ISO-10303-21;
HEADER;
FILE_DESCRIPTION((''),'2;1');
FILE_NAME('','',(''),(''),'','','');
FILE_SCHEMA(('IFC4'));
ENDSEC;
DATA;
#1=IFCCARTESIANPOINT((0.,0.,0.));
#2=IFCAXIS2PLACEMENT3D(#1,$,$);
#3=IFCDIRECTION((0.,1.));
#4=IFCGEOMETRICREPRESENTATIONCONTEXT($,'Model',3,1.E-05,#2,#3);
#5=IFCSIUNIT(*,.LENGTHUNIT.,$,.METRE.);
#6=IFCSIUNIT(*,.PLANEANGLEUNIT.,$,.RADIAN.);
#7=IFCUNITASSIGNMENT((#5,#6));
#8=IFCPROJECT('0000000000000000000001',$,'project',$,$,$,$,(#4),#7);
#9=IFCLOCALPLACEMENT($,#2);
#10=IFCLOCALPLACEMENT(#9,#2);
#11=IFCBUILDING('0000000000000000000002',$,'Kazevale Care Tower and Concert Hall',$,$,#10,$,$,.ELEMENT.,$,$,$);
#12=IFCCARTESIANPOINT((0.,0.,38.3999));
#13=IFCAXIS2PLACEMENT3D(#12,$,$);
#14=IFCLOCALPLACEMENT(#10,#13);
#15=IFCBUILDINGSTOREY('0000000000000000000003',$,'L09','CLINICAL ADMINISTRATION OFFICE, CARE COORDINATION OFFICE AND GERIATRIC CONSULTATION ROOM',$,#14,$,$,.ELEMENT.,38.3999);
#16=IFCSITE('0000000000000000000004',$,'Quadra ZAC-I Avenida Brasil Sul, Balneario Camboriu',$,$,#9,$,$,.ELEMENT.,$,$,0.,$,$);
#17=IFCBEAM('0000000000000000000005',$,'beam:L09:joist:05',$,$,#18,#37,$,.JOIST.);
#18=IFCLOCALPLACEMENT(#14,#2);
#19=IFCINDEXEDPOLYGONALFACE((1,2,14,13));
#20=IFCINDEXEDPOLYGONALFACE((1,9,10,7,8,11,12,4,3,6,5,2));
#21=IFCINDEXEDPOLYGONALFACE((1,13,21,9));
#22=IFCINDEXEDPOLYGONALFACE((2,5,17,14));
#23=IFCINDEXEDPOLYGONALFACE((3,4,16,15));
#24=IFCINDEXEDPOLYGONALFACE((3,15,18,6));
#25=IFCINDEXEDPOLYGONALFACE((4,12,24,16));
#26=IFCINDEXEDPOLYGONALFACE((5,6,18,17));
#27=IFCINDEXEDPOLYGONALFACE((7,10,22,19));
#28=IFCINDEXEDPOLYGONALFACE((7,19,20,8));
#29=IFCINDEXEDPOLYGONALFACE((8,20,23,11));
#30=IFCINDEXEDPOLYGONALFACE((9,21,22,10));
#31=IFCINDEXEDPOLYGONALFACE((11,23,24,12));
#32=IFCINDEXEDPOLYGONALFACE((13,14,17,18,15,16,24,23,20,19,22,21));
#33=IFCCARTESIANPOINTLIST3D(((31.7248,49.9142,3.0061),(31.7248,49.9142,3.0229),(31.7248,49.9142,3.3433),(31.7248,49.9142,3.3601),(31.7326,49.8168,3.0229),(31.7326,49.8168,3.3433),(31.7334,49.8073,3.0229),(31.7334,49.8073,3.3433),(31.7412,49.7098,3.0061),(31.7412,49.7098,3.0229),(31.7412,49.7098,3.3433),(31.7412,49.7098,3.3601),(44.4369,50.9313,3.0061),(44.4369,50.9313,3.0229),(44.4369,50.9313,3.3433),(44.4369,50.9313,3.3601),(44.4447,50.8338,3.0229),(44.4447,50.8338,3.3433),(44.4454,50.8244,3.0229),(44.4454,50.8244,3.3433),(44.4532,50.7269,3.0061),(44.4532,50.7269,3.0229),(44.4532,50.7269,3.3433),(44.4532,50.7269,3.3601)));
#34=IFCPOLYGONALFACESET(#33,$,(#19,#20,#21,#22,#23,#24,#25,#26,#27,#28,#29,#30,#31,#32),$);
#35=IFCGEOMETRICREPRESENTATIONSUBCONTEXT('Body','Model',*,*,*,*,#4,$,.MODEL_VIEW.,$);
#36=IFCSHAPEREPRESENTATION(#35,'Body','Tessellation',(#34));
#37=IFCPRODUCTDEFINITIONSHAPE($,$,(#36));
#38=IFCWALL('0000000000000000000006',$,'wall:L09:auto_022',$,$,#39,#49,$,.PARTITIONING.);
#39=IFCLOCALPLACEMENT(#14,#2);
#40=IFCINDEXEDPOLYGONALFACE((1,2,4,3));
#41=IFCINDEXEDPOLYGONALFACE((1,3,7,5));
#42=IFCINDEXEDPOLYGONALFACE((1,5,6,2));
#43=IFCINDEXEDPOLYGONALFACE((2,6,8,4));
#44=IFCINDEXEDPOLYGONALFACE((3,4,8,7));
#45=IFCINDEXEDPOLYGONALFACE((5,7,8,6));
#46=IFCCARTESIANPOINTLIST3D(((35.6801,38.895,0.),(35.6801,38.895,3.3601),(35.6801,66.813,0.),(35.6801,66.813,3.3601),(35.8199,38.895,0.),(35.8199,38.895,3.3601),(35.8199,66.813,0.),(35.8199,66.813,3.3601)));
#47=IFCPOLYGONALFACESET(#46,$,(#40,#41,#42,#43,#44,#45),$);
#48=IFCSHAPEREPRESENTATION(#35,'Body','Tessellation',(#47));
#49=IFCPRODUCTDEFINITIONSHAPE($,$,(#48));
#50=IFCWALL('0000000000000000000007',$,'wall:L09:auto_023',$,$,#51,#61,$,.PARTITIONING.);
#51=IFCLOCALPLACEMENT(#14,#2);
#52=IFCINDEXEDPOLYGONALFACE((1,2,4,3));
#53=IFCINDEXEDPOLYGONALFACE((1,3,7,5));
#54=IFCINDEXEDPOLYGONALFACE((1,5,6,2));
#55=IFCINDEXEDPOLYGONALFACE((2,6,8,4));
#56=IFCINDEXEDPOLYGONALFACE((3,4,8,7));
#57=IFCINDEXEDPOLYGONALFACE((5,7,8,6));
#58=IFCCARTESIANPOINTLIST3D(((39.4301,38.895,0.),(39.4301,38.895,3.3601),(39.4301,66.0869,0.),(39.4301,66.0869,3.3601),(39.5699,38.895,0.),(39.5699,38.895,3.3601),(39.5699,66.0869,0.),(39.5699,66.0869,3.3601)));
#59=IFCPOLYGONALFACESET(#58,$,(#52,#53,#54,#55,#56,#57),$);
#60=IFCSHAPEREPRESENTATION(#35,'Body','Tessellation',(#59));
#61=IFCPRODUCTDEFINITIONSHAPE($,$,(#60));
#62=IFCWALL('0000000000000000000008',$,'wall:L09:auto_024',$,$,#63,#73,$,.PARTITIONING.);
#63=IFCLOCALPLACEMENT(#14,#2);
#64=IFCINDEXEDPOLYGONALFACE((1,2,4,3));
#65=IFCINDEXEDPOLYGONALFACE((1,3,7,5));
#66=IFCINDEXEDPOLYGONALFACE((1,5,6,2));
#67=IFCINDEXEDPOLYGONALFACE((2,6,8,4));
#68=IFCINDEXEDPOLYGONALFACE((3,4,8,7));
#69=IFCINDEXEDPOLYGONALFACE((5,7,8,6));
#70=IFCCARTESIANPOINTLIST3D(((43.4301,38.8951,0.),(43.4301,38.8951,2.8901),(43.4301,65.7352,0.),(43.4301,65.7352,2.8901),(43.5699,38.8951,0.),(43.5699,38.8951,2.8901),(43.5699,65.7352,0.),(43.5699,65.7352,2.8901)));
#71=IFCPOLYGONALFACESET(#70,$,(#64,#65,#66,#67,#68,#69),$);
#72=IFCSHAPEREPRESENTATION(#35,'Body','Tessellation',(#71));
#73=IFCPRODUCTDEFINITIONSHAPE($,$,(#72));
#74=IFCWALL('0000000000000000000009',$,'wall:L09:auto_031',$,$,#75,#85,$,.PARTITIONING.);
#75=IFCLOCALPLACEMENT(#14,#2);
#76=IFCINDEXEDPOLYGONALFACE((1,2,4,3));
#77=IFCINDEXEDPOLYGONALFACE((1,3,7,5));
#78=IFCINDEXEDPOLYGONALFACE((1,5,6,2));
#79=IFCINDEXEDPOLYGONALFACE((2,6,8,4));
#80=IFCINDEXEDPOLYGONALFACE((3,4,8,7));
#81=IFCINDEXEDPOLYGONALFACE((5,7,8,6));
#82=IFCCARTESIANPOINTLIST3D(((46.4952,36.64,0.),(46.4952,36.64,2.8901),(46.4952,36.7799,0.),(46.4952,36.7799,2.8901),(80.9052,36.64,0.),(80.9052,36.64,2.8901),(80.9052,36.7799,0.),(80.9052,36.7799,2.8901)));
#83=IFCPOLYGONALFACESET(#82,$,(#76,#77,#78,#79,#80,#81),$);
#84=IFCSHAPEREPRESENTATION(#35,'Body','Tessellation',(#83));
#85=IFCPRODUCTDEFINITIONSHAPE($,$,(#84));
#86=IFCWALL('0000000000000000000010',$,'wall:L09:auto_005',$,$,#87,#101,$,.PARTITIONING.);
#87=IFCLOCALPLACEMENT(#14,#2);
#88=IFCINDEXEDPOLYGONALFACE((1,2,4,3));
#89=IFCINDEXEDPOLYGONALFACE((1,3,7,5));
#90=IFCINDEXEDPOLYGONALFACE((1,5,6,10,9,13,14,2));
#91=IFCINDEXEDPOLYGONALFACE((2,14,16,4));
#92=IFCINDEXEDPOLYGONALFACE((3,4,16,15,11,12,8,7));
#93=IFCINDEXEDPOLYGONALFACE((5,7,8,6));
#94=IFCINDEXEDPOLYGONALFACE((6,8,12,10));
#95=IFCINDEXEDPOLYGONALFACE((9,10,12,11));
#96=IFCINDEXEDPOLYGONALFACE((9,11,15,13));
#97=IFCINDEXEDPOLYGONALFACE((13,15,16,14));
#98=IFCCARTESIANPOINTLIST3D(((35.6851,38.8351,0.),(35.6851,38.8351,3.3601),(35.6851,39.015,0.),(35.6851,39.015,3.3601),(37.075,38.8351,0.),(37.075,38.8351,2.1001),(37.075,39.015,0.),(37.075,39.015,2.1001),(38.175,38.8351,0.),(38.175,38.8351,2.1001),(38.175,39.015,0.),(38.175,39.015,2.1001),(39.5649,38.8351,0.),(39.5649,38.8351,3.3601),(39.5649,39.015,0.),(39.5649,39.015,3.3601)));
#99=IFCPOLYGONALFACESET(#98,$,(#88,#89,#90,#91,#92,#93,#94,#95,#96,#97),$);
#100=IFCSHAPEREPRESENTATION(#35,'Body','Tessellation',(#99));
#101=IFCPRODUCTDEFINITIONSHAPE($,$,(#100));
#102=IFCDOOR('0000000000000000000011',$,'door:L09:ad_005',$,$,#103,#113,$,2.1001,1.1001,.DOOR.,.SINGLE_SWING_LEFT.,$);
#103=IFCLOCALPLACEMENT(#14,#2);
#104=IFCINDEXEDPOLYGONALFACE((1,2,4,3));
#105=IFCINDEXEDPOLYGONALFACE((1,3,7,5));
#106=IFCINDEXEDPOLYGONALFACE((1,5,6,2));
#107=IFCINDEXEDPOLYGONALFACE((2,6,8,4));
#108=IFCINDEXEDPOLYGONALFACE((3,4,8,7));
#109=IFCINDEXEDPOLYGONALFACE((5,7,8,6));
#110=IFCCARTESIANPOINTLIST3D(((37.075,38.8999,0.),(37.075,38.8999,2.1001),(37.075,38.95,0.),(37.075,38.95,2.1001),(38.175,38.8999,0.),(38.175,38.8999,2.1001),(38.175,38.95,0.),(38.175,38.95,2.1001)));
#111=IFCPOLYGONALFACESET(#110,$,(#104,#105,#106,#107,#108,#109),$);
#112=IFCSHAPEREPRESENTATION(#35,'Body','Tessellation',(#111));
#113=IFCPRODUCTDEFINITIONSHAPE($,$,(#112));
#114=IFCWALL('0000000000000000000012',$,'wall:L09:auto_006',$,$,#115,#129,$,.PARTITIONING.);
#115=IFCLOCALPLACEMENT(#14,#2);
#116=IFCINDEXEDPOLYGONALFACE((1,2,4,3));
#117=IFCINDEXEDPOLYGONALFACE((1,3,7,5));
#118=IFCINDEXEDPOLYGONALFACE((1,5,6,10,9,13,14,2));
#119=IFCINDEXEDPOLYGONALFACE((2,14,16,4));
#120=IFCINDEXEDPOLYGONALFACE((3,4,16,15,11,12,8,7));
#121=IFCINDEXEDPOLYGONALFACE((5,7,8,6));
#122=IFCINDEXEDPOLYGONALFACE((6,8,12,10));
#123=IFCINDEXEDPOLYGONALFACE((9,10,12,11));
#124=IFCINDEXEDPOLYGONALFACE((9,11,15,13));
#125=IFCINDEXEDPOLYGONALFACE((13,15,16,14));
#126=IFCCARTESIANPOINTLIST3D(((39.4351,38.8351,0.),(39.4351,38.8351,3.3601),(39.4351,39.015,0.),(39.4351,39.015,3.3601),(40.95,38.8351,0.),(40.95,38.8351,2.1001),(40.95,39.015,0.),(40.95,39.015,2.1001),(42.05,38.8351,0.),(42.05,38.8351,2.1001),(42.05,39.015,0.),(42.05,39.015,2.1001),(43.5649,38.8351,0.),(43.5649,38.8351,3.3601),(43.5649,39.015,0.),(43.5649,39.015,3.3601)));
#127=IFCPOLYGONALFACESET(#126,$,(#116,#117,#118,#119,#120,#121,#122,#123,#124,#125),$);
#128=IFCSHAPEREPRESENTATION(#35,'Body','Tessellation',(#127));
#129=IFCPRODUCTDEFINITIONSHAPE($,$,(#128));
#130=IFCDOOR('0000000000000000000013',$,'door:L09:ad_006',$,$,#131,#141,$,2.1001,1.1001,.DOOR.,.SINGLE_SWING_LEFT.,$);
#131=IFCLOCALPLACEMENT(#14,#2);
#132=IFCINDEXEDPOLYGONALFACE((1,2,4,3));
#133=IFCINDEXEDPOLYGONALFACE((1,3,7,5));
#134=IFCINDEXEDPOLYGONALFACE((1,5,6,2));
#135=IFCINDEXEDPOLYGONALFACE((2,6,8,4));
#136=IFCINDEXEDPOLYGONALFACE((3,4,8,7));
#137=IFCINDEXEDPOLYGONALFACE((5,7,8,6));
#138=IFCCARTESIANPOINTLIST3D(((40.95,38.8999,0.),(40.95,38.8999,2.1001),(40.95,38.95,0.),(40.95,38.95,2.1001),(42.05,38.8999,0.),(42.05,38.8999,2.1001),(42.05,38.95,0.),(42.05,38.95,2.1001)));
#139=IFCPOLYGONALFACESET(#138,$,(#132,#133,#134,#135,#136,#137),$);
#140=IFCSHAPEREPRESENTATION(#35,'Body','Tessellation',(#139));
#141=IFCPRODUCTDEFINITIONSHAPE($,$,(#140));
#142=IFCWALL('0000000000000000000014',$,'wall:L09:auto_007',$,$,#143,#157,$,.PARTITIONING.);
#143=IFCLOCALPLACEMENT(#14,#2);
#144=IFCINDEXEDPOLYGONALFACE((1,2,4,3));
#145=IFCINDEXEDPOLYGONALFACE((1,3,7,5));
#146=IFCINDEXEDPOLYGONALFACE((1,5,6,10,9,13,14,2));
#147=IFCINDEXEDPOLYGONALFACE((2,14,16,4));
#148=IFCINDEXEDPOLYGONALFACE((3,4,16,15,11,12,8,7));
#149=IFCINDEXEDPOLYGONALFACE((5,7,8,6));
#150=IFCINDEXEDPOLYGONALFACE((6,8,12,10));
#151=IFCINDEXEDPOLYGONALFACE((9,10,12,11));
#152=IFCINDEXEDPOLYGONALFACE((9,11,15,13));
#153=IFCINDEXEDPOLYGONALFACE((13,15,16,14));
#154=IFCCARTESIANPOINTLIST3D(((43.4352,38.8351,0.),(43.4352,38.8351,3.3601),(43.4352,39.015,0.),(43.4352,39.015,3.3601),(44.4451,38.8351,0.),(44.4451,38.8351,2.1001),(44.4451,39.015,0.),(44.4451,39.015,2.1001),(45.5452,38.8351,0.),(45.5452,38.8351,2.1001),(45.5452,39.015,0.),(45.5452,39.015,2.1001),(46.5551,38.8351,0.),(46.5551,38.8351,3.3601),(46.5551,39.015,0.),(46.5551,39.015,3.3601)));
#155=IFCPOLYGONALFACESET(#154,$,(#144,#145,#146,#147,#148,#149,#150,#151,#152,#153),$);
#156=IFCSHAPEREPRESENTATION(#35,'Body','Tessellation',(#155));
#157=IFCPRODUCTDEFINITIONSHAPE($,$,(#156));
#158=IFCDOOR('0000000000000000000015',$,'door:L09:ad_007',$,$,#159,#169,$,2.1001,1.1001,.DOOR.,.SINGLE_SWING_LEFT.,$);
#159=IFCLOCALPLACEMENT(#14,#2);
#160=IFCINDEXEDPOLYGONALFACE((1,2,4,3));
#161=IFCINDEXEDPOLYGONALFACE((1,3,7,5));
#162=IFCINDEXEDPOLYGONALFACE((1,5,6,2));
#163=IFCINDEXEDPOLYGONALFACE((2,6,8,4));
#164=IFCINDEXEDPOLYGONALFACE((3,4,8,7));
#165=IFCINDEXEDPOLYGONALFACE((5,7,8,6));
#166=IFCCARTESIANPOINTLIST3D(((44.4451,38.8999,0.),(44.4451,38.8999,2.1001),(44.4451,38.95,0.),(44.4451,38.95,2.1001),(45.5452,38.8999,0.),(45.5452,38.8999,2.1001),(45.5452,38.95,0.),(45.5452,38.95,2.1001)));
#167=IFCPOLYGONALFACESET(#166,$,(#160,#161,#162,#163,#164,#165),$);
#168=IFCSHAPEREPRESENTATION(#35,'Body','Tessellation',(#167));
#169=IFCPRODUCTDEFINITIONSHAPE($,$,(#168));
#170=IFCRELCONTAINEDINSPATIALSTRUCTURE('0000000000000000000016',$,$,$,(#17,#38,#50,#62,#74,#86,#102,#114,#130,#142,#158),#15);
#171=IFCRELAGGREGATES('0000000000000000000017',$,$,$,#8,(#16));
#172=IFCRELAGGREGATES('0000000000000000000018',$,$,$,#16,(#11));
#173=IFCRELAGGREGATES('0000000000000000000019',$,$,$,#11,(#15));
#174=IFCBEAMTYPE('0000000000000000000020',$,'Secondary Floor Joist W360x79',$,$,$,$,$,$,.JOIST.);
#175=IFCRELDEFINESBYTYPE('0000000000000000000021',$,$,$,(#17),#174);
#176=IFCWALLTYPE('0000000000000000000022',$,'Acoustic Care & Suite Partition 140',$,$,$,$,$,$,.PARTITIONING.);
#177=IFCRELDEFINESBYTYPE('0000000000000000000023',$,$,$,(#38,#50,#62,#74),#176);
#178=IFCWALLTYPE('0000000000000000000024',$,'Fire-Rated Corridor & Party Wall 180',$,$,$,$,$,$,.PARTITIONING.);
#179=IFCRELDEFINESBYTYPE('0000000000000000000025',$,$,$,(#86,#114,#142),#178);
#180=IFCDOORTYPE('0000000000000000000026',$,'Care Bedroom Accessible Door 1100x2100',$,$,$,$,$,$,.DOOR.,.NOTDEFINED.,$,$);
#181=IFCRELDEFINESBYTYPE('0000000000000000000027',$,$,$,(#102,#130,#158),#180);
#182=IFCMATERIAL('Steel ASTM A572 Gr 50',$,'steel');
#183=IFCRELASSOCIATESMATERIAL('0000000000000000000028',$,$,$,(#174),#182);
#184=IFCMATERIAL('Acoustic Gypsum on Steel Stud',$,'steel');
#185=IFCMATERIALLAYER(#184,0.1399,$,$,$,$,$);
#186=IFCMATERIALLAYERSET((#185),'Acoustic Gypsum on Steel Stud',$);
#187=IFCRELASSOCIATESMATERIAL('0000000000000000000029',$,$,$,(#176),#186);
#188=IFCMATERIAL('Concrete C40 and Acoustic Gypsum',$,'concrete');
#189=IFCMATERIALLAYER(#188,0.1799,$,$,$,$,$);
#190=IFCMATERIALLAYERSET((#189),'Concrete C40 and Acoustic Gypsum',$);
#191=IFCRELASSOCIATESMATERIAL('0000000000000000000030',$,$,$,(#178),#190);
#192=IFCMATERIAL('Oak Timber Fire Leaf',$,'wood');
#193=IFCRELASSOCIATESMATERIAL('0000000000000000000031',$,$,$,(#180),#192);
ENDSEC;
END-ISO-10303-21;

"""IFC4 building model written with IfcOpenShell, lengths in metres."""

from ifc_helpers import new_model, si_unit, direction, frame, frame_2d, origin, origin_2d, place, context, subcontext, project, spatial, rectangle, i_section, extrude, material, layer, layer_set, material_profile, profile_set, type_object, element, fill, save


model = new_model("IFC4")

# Units and contexts
model_context = context("Model", 3, precision=1e-05, world=origin(), true_north=direction((0.0, 1.0)))
body_context = subcontext(model_context, "Body", "Model", "MODEL_VIEW")
ifc_project = project(units=[si_unit("LENGTHUNIT", "METRE"), si_unit("PLANEANGLEUNIT", "RADIAN")], contexts=[model_context])

# Site, building, storey
site_placement = place(None, origin())
site = spatial("IfcSite", under=ifc_project, at=site_placement, Name="Quadra ZAC-I Avenida Brasil Sul, Balneario Camboriu", CompositionType="ELEMENT", RefElevation=0.0)
building_placement = place(site_placement, origin())
building = spatial("IfcBuilding", under=site, at=building_placement, Name="Kazevale Care Tower and Concert Hall", CompositionType="ELEMENT")
storey_placement = place(building_placement, frame((0.0, 0.0, 38.3999)))
storey = spatial("IfcBuildingStorey", under=building, at=storey_placement, Name="L09", Description="CLINICAL ADMINISTRATION OFFICE, CARE COORDINATION OFFICE AND GERIATRIC CONSULTATION ROOM", CompositionType="ELEMENT", Elevation=38.3999)

# Beam
ifc_material_1 = material(Name="Steel ASTM A572 Gr 50", Category="steel")
ifc_material_profile_1 = material_profile(ifc_material_1, i_section(OverallWidth=0.2051, OverallDepth=0.354, WebThickness=0.0095, FlangeThickness=0.0168, at=origin_2d()), Name="W360x79")
ifc_profile_set_1 = profile_set([ifc_material_profile_1], Name="Steel ASTM A572 Gr 50")
beam_type_1 = type_object("IfcBeamType", Name="Secondary Floor Joist W360x79", PredefinedType="JOIST", material=ifc_profile_set_1)
beam_1_placement = place(storey_placement, frame((44.4451, 50.8291, 3.1831), z_axis=(-0.996815, -0.079754, 0.0), x_axis=(0.079754, -0.996815, 0.0)))
element("IfcBeam", 1, at=beam_1_placement, inside=storey, type_object=beam_type_1, Name="beam:L09:joist:05", PredefinedType="JOIST", context=body_context, shape_type="SweptSolid", body=[
    extrude(i_section(OverallWidth=0.2051, OverallDepth=0.354, WebThickness=0.0095, FlangeThickness=0.0168, at=origin_2d()), origin(), (0.0, 0.0, 1.0), 12.7527),
])

# Walls
ifc_material_2 = material(Name="Acoustic Gypsum on Steel Stud", Category="steel")
ifc_layer_1 = layer(ifc_material_2, 0.1399)
ifc_layer_set_1 = layer_set([ifc_layer_1], Name="Acoustic Gypsum on Steel Stud")
wall_type_1 = type_object("IfcWallType", Name="Acoustic Care & Suite Partition 140", PredefinedType="PARTITIONING", material=ifc_layer_set_1)
wall_1_placement = place(storey_placement, frame((35.75, 66.813, 0.0), z_axis=(0.0, 0.0, 1.0), x_axis=(0.0, -1.0, 0.0)))
element("IfcWall", 2, at=wall_1_placement, inside=storey, type_object=wall_type_1, Name="wall:L09:auto_022", PredefinedType="PARTITIONING", context=body_context, shape_type="SweptSolid", body=[
    extrude(rectangle(XDim=27.918, YDim=0.1399, at=frame_2d((13.959, 0.0))), origin(), (0.0, 0.0, 1.0), 3.3601),
])
wall_2_placement = place(storey_placement, frame((39.5, 66.0869, 0.0), z_axis=(0.0, 0.0, 1.0), x_axis=(0.0, -1.0, 0.0)))
element("IfcWall", 3, at=wall_2_placement, inside=storey, type_object=wall_type_1, Name="wall:L09:auto_023", PredefinedType="PARTITIONING", context=body_context, shape_type="SweptSolid", body=[
    extrude(rectangle(XDim=27.1919, YDim=0.1399, at=frame_2d((13.5959, 0.0))), origin(), (0.0, 0.0, 1.0), 3.3601),
])
wall_3_placement = place(storey_placement, frame((43.5, 65.7351, 0.0), z_axis=(0.0, 0.0, 1.0), x_axis=(0.0, -1.0, 0.0)))
element("IfcWall", 4, at=wall_3_placement, inside=storey, type_object=wall_type_1, Name="wall:L09:auto_024", PredefinedType="PARTITIONING", context=body_context, shape_type="SweptSolid", body=[
    extrude(rectangle(XDim=26.8401, YDim=0.1399, at=frame_2d((13.4199, 0.0))), origin(), (0.0, 0.0, 1.0), 2.8901),
])
wall_4_placement = place(storey_placement, frame((46.4951, 36.71, 0.0), z_axis=(0.0, 0.0, 1.0), x_axis=(1.0, 0.0, 0.0)))
element("IfcWall", 5, at=wall_4_placement, inside=storey, type_object=wall_type_1, Name="wall:L09:auto_031", PredefinedType="PARTITIONING", context=body_context, shape_type="SweptSolid", body=[
    extrude(rectangle(XDim=34.4099, YDim=0.1399, at=frame_2d((17.2051, 0.0))), origin(), (0.0, 0.0, 1.0), 2.8901),
])

# Walls, openings, doors
ifc_material_3 = material(Name="Concrete C40 and Acoustic Gypsum", Category="concrete")
ifc_layer_2 = layer(ifc_material_3, 0.1799)
ifc_layer_set_2 = layer_set([ifc_layer_2], Name="Concrete C40 and Acoustic Gypsum")
wall_type_2 = type_object("IfcWallType", Name="Fire-Rated Corridor & Party Wall 180", PredefinedType="PARTITIONING", material=ifc_layer_set_2)
wall_5_placement = place(storey_placement, frame((35.6851, 38.925, 0.0), z_axis=(0.0, 0.0, 1.0), x_axis=(1.0, 0.0, 0.0)))
wall_5 = element("IfcWall", 6, at=wall_5_placement, inside=storey, type_object=wall_type_2, Name="wall:L09:auto_005", PredefinedType="PARTITIONING", context=body_context, shape_type="SweptSolid", body=[
    extrude(rectangle(XDim=3.8799, YDim=0.1799, at=frame_2d((1.9399, 0.0))), origin(), (0.0, 0.0, 1.0), 3.3601),
])
opening_1_placement = place(wall_5_placement, frame((1.3899, 0.0, 0.0)))
opening_1 = element("IfcOpeningElement", 7, at=opening_1_placement, cuts=wall_5, PredefinedType="OPENING", context=body_context, shape_type="SweptSolid", body=[
    extrude(rectangle(XDim=1.1001, YDim=2.1001, at=frame_2d((0.55, 1.05))), frame((0.0, 0.0999, 0.0), z_axis=(0.0, -1.0, 0.0), x_axis=(1.0, 0.0, 0.0)), (0.0, 0.0, 1.0), 0.2),
])
ifc_material_4 = material(Name="Oak Timber Fire Leaf", Category="wood")
door_type = type_object("IfcDoorType", Name="Care Bedroom Accessible Door 1100x2100", OperationType="NOTDEFINED", PredefinedType="DOOR", material=ifc_material_4)
door_1_placement = place(opening_1_placement, origin())
door_1 = element("IfcDoor", 8, at=door_1_placement, inside=storey, type_object=door_type, Name="door:L09:ad_005", OperationType="SINGLE_SWING_LEFT", OverallHeight=2.1001, OverallWidth=1.1001, PredefinedType="DOOR", context=body_context, shape_type="SweptSolid", body=[
    extrude(rectangle(XDim=1.1001, YDim=2.1001, at=frame_2d((0.55, 1.05))), frame((0.0, 0.0249, 0.0), z_axis=(0.0, -1.0, 0.0), x_axis=(1.0, 0.0, 0.0)), (0.0, 0.0, 1.0), 0.05),
])
fill(opening_1, door_1)
wall_6_placement = place(storey_placement, frame((39.4351, 38.925, 0.0), z_axis=(0.0, 0.0, 1.0), x_axis=(1.0, 0.0, 0.0)))
wall_6 = element("IfcWall", 9, at=wall_6_placement, inside=storey, type_object=wall_type_2, Name="wall:L09:auto_006", PredefinedType="PARTITIONING", context=body_context, shape_type="SweptSolid", body=[
    extrude(rectangle(XDim=4.1299, YDim=0.1799, at=frame_2d((2.0649, 0.0))), origin(), (0.0, 0.0, 1.0), 3.3601),
])
opening_2_placement = place(wall_6_placement, frame((1.5149, 0.0, 0.0)))
opening_2 = element("IfcOpeningElement", 10, at=opening_2_placement, cuts=wall_6, PredefinedType="OPENING", context=body_context, shape_type="SweptSolid", body=[
    extrude(rectangle(XDim=1.1001, YDim=2.1001, at=frame_2d((0.55, 1.05))), frame((0.0, 0.0999, 0.0), z_axis=(0.0, -1.0, 0.0), x_axis=(1.0, 0.0, 0.0)), (0.0, 0.0, 1.0), 0.2),
])
door_2_placement = place(opening_2_placement, origin())
door_2 = element("IfcDoor", 11, at=door_2_placement, inside=storey, type_object=door_type, Name="door:L09:ad_006", OperationType="SINGLE_SWING_LEFT", OverallHeight=2.1001, OverallWidth=1.1001, PredefinedType="DOOR", context=body_context, shape_type="SweptSolid", body=[
    extrude(rectangle(XDim=1.1001, YDim=2.1001, at=frame_2d((0.55, 1.05))), frame((0.0, 0.0249, 0.0), z_axis=(0.0, -1.0, 0.0), x_axis=(1.0, 0.0, 0.0)), (0.0, 0.0, 1.0), 0.05),
])
fill(opening_2, door_2)
wall_7_placement = place(storey_placement, frame((43.4351, 38.925, 0.0), z_axis=(0.0, 0.0, 1.0), x_axis=(1.0, 0.0, 0.0)))
wall_7 = element("IfcWall", 12, at=wall_7_placement, inside=storey, type_object=wall_type_2, Name="wall:L09:auto_007", PredefinedType="PARTITIONING", context=body_context, shape_type="SweptSolid", body=[
    extrude(rectangle(XDim=3.1199, YDim=0.1799, at=frame_2d((1.5601, 0.0))), origin(), (0.0, 0.0, 1.0), 3.3601),
])
opening_3_placement = place(wall_7_placement, frame((1.01, 0.0, 0.0)))
opening_3 = element("IfcOpeningElement", 13, at=opening_3_placement, cuts=wall_7, PredefinedType="OPENING", context=body_context, shape_type="SweptSolid", body=[
    extrude(rectangle(XDim=1.1001, YDim=2.1001, at=frame_2d((0.55, 1.05))), frame((0.0, 0.0999, 0.0), z_axis=(0.0, -1.0, 0.0), x_axis=(1.0, 0.0, 0.0)), (0.0, 0.0, 1.0), 0.2),
])
door_3_placement = place(opening_3_placement, origin())
door_3 = element("IfcDoor", 14, at=door_3_placement, inside=storey, type_object=door_type, Name="door:L09:ad_007", OperationType="SINGLE_SWING_LEFT", OverallHeight=2.1001, OverallWidth=1.1001, PredefinedType="DOOR", context=body_context, shape_type="SweptSolid", body=[
    extrude(rectangle(XDim=1.1001, YDim=2.1001, at=frame_2d((0.55, 1.05))), frame((0.0, 0.0249, 0.0), z_axis=(0.0, -1.0, 0.0), x_axis=(1.0, 0.0, 0.0)), (0.0, 0.0, 1.0), 0.05),
])
fill(opening_3, door_3)

save(model, "model.ifc")
